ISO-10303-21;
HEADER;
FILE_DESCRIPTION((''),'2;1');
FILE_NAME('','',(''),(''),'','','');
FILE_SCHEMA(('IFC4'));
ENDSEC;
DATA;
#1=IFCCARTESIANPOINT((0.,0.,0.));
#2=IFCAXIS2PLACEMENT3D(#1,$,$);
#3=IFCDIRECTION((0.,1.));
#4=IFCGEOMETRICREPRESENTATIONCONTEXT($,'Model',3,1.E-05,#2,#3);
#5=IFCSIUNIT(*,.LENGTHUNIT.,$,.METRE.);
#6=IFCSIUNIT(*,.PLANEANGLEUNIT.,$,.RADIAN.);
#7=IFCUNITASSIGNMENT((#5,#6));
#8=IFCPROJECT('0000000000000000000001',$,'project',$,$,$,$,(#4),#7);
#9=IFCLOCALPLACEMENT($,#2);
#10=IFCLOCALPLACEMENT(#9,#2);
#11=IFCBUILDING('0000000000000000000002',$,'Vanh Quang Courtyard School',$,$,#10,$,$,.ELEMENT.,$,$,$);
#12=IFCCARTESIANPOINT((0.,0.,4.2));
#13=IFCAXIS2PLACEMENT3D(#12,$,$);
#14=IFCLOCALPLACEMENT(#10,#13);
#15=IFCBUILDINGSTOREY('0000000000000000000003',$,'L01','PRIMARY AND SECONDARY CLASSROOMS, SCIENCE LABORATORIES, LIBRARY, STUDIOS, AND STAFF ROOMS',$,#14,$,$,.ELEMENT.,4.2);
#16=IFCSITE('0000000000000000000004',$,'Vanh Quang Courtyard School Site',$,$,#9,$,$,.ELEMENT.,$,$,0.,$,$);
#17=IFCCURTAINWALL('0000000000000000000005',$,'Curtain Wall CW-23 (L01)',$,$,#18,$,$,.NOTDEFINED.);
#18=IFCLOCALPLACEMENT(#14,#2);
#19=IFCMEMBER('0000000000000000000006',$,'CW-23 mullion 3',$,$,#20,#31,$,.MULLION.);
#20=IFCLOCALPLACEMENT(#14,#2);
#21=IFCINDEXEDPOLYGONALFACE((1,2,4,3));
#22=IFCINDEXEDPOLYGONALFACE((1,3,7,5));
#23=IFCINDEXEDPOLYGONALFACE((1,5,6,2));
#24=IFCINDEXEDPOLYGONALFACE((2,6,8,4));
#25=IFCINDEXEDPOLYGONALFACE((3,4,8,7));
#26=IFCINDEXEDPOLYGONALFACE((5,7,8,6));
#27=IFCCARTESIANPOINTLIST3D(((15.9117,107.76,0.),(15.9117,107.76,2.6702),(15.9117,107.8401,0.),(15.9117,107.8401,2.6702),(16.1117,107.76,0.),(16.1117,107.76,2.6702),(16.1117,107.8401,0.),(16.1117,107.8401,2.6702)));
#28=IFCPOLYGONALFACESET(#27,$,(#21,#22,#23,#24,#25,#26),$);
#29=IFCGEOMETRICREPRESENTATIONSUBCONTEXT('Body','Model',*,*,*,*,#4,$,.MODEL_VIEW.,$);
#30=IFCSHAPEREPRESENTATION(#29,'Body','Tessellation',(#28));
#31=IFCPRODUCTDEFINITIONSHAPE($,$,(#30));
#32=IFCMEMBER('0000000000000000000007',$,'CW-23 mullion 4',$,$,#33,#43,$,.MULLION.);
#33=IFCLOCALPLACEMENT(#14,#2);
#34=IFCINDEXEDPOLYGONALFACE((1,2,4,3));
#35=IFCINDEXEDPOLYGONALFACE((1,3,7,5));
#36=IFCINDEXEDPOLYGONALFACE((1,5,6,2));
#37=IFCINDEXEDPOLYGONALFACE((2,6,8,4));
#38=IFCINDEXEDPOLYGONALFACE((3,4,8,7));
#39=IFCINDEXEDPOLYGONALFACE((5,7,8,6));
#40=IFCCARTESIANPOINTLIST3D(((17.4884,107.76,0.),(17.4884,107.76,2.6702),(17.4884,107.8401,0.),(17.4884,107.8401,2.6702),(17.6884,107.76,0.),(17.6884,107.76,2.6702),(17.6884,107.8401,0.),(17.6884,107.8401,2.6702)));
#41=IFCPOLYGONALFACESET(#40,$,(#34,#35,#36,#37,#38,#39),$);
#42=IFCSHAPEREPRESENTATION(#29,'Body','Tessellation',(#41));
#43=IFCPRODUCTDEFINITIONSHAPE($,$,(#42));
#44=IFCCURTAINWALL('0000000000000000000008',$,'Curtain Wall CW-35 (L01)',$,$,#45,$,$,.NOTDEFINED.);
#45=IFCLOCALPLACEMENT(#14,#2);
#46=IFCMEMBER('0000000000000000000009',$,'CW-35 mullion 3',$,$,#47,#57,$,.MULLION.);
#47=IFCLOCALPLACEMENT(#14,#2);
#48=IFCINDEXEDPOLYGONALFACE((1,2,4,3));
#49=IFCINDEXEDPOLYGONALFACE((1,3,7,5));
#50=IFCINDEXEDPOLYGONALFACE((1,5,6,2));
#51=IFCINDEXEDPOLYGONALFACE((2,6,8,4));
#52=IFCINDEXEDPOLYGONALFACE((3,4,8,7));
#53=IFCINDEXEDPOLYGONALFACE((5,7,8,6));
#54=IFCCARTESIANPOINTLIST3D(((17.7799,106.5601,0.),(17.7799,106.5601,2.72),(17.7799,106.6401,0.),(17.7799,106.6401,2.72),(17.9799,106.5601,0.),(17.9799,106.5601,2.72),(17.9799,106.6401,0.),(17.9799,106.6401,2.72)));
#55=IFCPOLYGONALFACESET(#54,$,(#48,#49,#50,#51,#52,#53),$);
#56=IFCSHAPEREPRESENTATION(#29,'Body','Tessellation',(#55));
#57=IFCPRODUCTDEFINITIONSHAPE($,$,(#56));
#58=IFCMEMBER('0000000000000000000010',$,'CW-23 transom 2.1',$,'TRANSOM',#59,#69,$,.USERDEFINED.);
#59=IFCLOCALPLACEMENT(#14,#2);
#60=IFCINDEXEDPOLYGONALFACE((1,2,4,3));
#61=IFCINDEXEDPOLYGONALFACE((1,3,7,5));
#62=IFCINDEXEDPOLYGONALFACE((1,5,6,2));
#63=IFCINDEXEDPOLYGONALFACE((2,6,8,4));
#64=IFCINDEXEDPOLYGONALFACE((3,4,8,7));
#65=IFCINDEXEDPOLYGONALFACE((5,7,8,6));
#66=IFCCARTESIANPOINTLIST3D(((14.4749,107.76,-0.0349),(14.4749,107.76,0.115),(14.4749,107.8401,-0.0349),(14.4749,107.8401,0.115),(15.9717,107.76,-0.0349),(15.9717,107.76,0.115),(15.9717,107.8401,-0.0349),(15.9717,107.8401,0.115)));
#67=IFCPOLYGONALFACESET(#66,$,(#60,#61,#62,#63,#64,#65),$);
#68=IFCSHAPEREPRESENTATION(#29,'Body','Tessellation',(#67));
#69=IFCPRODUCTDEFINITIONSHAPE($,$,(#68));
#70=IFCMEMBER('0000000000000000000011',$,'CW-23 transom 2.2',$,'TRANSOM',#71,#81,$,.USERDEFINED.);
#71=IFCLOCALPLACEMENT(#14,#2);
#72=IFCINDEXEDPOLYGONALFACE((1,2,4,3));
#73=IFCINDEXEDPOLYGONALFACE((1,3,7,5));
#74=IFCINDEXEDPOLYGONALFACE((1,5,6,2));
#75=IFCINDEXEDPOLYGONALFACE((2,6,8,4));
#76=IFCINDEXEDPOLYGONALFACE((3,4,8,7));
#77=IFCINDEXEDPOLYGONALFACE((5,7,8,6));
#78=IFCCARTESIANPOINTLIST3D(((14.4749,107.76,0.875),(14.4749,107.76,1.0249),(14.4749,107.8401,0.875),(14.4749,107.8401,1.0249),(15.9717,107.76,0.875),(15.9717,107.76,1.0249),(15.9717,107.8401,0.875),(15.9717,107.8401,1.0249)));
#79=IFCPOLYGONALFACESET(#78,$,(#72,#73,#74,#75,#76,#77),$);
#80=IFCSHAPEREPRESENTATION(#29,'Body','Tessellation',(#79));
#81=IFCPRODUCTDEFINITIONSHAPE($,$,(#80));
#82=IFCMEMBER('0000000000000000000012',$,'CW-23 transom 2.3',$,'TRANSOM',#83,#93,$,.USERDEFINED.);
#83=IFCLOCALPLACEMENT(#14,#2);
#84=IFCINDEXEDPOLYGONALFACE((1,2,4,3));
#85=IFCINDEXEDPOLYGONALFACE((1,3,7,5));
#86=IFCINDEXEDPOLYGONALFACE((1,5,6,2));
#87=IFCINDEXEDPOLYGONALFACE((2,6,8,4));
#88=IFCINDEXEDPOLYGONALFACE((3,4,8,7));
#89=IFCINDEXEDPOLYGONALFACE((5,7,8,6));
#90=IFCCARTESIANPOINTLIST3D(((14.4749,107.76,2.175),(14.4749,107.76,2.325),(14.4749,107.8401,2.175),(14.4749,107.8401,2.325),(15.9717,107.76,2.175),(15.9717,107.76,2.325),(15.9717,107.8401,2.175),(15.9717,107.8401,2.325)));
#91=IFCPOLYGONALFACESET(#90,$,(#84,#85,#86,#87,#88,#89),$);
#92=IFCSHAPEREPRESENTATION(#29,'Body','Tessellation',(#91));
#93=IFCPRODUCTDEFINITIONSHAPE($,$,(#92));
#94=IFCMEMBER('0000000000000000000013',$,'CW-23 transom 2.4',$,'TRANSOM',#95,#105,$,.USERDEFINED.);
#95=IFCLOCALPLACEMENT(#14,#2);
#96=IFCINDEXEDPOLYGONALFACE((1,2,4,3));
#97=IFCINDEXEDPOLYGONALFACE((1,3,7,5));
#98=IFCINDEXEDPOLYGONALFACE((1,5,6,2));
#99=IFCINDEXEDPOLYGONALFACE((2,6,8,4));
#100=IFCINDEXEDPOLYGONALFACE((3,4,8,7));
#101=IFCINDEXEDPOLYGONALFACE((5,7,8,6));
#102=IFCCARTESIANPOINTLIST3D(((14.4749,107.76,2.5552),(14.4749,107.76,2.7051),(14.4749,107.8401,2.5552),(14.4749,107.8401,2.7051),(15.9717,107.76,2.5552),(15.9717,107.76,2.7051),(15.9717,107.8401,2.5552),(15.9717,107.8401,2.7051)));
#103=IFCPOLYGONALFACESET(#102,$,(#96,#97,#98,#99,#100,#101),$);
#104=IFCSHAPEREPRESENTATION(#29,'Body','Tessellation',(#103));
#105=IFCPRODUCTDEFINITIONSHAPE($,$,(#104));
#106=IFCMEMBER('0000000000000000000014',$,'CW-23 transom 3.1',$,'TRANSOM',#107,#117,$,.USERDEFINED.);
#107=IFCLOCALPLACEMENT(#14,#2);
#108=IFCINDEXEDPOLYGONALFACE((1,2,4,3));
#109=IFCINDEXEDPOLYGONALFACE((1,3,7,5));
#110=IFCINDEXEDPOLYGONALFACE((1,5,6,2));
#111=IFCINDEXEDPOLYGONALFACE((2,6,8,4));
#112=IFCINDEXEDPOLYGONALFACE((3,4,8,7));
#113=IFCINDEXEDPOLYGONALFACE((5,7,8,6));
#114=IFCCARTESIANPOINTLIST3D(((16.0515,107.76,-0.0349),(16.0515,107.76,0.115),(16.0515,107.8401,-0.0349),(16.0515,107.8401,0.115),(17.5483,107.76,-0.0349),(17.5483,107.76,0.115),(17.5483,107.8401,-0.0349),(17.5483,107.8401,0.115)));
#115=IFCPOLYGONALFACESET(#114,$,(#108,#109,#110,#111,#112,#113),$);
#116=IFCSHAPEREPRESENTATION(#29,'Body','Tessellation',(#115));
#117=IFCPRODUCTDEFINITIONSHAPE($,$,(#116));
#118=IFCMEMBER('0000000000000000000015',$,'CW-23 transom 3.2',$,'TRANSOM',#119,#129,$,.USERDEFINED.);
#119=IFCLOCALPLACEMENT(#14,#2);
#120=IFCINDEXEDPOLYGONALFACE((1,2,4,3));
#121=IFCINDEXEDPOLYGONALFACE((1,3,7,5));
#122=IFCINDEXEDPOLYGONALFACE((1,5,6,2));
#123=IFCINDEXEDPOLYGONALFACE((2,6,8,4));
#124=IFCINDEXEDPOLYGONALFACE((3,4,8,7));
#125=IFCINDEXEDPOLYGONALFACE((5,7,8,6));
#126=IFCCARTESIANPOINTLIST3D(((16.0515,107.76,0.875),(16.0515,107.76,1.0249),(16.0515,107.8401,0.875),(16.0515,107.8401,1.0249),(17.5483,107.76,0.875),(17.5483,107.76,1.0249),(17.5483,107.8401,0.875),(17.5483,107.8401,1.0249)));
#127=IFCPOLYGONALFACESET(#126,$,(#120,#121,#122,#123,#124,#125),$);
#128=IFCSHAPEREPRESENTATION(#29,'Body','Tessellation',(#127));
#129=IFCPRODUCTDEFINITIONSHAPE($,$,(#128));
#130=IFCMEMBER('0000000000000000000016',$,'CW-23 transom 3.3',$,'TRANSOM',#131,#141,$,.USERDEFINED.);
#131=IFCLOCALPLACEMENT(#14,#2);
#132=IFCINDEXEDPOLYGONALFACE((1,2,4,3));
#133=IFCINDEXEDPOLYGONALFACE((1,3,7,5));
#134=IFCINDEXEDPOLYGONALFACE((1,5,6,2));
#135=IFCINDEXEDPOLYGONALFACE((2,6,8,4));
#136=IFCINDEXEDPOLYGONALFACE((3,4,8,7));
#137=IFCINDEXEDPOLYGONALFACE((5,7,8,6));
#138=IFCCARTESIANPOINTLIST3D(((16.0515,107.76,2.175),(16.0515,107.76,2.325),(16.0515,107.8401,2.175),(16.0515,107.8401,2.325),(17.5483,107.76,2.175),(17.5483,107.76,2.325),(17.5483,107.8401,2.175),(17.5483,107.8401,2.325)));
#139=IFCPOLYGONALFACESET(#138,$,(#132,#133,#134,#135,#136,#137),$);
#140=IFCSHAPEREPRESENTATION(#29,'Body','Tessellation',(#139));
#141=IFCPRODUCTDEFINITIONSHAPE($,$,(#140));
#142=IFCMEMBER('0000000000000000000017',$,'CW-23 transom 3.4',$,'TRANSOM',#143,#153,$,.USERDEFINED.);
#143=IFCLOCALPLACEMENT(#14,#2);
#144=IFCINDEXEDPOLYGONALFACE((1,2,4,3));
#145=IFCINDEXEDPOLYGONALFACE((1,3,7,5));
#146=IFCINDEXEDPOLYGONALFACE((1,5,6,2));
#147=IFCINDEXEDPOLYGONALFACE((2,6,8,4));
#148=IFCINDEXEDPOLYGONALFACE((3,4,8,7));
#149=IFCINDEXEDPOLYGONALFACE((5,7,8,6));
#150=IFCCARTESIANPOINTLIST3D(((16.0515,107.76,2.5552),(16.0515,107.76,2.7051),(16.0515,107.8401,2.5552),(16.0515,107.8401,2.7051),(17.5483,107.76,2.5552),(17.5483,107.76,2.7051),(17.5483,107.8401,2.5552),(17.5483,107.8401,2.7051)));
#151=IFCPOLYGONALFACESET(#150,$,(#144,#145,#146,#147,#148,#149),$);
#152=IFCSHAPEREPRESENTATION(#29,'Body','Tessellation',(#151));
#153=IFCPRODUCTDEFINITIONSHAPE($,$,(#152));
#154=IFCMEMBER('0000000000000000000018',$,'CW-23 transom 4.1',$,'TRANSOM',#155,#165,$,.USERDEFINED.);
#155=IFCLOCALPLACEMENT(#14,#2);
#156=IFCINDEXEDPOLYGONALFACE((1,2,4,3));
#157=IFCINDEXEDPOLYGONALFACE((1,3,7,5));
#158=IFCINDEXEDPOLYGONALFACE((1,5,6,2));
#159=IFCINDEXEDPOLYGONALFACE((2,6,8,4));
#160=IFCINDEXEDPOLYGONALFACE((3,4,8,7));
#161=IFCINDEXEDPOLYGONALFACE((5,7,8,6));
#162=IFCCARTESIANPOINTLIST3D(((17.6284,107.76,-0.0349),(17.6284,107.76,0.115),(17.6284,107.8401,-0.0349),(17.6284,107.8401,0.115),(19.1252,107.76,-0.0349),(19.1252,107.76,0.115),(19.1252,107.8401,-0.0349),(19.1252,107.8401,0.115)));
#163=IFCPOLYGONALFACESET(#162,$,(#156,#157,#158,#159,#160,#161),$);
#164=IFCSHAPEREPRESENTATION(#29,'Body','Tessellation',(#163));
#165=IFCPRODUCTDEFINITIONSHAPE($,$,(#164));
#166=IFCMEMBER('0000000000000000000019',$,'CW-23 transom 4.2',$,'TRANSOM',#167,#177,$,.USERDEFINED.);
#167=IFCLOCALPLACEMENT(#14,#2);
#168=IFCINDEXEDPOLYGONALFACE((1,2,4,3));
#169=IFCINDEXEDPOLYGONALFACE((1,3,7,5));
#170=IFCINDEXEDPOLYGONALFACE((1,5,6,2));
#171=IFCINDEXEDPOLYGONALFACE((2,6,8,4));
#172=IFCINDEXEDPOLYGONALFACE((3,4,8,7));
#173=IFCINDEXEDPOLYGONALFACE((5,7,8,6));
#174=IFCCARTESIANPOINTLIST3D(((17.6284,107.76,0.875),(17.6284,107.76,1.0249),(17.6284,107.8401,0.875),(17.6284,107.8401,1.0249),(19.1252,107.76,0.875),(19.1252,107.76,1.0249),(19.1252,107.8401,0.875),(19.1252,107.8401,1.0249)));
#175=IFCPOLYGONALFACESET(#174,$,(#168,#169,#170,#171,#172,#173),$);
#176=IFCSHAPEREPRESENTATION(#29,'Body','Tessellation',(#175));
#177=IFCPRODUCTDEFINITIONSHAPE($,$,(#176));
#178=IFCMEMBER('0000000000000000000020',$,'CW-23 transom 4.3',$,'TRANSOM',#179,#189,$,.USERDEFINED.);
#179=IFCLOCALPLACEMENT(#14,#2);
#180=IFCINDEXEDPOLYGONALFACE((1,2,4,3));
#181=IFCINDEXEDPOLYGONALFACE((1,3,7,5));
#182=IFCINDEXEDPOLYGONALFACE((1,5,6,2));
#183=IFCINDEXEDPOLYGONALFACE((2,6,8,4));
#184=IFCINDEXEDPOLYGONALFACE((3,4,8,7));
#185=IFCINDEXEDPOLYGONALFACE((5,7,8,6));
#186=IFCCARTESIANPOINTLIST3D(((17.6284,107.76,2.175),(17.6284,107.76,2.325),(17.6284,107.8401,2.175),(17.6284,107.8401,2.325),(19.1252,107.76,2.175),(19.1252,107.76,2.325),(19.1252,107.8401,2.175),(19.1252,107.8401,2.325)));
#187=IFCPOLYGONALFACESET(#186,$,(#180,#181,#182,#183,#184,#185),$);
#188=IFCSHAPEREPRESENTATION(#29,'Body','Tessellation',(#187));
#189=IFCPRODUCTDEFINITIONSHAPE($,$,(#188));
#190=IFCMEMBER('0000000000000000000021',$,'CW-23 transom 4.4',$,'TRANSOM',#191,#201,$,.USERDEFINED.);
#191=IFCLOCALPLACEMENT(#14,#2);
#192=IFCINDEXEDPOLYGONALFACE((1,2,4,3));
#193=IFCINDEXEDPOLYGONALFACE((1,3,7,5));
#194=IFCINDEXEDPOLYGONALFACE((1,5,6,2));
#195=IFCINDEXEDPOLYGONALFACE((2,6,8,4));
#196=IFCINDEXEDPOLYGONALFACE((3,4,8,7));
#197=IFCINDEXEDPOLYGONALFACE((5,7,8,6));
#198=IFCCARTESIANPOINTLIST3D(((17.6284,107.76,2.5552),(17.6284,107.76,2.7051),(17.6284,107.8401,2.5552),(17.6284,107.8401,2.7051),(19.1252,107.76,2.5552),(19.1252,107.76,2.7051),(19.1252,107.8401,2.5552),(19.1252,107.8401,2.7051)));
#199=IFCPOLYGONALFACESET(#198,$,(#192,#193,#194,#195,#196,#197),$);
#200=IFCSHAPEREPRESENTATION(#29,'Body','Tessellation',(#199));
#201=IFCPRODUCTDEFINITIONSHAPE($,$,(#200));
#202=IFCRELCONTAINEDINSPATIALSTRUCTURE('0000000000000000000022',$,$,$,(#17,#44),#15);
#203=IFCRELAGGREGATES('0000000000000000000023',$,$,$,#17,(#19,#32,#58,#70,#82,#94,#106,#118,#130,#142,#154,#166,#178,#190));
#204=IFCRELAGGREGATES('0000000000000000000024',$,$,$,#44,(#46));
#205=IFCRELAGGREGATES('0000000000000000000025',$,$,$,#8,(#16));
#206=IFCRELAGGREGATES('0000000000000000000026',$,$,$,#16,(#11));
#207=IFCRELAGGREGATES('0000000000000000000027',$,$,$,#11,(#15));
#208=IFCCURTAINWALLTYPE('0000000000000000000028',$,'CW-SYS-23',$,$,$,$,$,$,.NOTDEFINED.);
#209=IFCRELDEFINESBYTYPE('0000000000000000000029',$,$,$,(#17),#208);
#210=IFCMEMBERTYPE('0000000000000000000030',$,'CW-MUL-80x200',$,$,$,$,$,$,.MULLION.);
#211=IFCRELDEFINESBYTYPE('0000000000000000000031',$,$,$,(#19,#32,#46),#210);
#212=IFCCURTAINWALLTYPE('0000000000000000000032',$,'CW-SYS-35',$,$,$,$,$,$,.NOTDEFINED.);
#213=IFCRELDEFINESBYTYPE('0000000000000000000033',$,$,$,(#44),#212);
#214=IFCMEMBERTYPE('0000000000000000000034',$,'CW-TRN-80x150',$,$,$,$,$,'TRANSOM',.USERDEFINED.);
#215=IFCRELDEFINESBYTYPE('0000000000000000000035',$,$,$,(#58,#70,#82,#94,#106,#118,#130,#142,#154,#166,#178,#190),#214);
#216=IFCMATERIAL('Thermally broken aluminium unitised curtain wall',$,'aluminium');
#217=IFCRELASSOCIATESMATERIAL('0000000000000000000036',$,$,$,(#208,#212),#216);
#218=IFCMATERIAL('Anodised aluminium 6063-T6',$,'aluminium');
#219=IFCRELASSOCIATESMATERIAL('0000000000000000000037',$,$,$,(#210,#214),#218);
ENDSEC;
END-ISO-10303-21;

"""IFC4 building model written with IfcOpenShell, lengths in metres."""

from ifc_helpers import new_model, si_unit, direction, frame, origin, origin_2d, place, context, subcontext, project, spatial, rectangle, extrude, material, material_profile, profile_set, type_object, element, aggregate, save


model = new_model("IFC4")

# Units and contexts
model_context = context("Model", 3, precision=1e-05, world=origin(), true_north=direction((0.0, 1.0)))
body_context = subcontext(model_context, "Body", "Model", "MODEL_VIEW")
ifc_project = project(units=[si_unit("LENGTHUNIT", "METRE"), si_unit("PLANEANGLEUNIT", "RADIAN")], contexts=[model_context])

# Site, building, storey
site_placement = place(None, origin())
site = spatial("IfcSite", under=ifc_project, at=site_placement, Name="Vanh Quang Courtyard School Site", CompositionType="ELEMENT", RefElevation=0.0)
building_placement = place(site_placement, origin())
building = spatial("IfcBuilding", under=site, at=building_placement, Name="Vanh Quang Courtyard School", CompositionType="ELEMENT")
storey_placement = place(building_placement, frame((0.0, 0.0, 4.2)))
storey = spatial("IfcBuildingStorey", under=building, at=storey_placement, Name="L01", Description="PRIMARY AND SECONDARY CLASSROOMS, SCIENCE LABORATORIES, LIBRARY, STUDIOS, AND STAFF ROOMS", CompositionType="ELEMENT", Elevation=4.2)

# Curtain wall, members
ifc_material_1 = material(Name="Thermally broken aluminium unitised curtain wall", Category="aluminium")
curtain_wall_type_1 = type_object("IfcCurtainWallType", Name="CW-SYS-23", PredefinedType="NOTDEFINED", material=ifc_material_1)
curtain_wall_1_placement = place(storey_placement, origin())
curtain_wall_1 = element("IfcCurtainWall", 1, at=curtain_wall_1_placement, inside=storey, type_object=curtain_wall_type_1, Name="Curtain Wall CW-23 (L01)", PredefinedType="NOTDEFINED")
ifc_material_2 = material(Name="Anodised aluminium 6063-T6", Category="aluminium")
ifc_material_profile_1 = material_profile(ifc_material_2, rectangle(XDim=0.0801, YDim=0.2, at=origin_2d()), Name="ALU-MUL 80x200")
ifc_profile_set_1 = profile_set([ifc_material_profile_1], Name="Anodised aluminium 6063-T6")
member_type_1 = type_object("IfcMemberType", Name="CW-MUL-80x200", PredefinedType="MULLION", material=ifc_profile_set_1)
member_1_placement = place(storey_placement, frame((16.0117, 107.8, 0.0), z_axis=(0.0, 0.0, 1.0), x_axis=(0.0, 1.0, 0.0)))
member_1 = element("IfcMember", 2, at=member_1_placement, type_object=member_type_1, Name="CW-23 mullion 3", PredefinedType="MULLION", context=body_context, shape_type="SweptSolid", body=[
    extrude(rectangle(XDim=0.0801, YDim=0.2, at=origin_2d()), origin(), (0.0, 0.0, 1.0), 2.6702),
])
member_2_placement = place(storey_placement, frame((17.5884, 107.8, 0.0), z_axis=(0.0, 0.0, 1.0), x_axis=(0.0, 1.0, 0.0)))
member_2 = element("IfcMember", 3, at=member_2_placement, type_object=member_type_1, Name="CW-23 mullion 4", PredefinedType="MULLION", context=body_context, shape_type="SweptSolid", body=[
    extrude(rectangle(XDim=0.0801, YDim=0.2, at=origin_2d()), origin(), (0.0, 0.0, 1.0), 2.6702),
])

# Curtain wall, member
curtain_wall_type_2 = type_object("IfcCurtainWallType", Name="CW-SYS-35", PredefinedType="NOTDEFINED", material=ifc_material_1)
curtain_wall_2_placement = place(storey_placement, origin())
curtain_wall_2 = element("IfcCurtainWall", 4, at=curtain_wall_2_placement, inside=storey, type_object=curtain_wall_type_2, Name="Curtain Wall CW-35 (L01)", PredefinedType="NOTDEFINED")
member_3_placement = place(storey_placement, frame((17.8799, 106.6001, 0.0), z_axis=(0.0, 0.0, 1.0), x_axis=(0.0, -1.0, 0.0)))
member_3 = element("IfcMember", 5, at=member_3_placement, type_object=member_type_1, Name="CW-35 mullion 3", PredefinedType="MULLION", context=body_context, shape_type="SweptSolid", body=[
    extrude(rectangle(XDim=0.0801, YDim=0.2, at=origin_2d()), origin(), (0.0, 0.0, 1.0), 2.72),
])

# Members
ifc_material_profile_2 = material_profile(ifc_material_2, rectangle(XDim=0.0801, YDim=0.1499, at=origin_2d()), Name="ALU-TRN 80x150")
ifc_profile_set_2 = profile_set([ifc_material_profile_2], Name="Anodised aluminium 6063-T6")
member_type_2 = type_object("IfcMemberType", Name="CW-TRN-80x150", ElementType="TRANSOM", PredefinedType="USERDEFINED", material=ifc_profile_set_2)
member_4_placement = place(storey_placement, frame((14.4749, 107.8, 0.04), z_axis=(1.0, 0.0, 0.0), x_axis=(0.0, 1.0, 0.0)))
member_4 = element("IfcMember", 6, at=member_4_placement, type_object=member_type_2, Name="CW-23 transom 2.1", ObjectType="TRANSOM", PredefinedType="USERDEFINED", context=body_context, shape_type="SweptSolid", body=[
    extrude(rectangle(XDim=0.0801, YDim=0.1499, at=origin_2d()), origin(), (0.0, 0.0, 1.0), 1.4968),
])
member_5_placement = place(storey_placement, frame((14.4749, 107.8, 0.95), z_axis=(1.0, 0.0, 0.0), x_axis=(0.0, 1.0, 0.0)))
member_5 = element("IfcMember", 7, at=member_5_placement, type_object=member_type_2, Name="CW-23 transom 2.2", ObjectType="TRANSOM", PredefinedType="USERDEFINED", context=body_context, shape_type="SweptSolid", body=[
    extrude(rectangle(XDim=0.0801, YDim=0.1499, at=origin_2d()), origin(), (0.0, 0.0, 1.0), 1.4968),
])
member_6_placement = place(storey_placement, frame((14.4749, 107.8, 2.25), z_axis=(1.0, 0.0, 0.0), x_axis=(0.0, 1.0, 0.0)))
member_6 = element("IfcMember", 8, at=member_6_placement, type_object=member_type_2, Name="CW-23 transom 2.3", ObjectType="TRANSOM", PredefinedType="USERDEFINED", context=body_context, shape_type="SweptSolid", body=[
    extrude(rectangle(XDim=0.0801, YDim=0.1499, at=origin_2d()), origin(), (0.0, 0.0, 1.0), 1.4968),
])
member_7_placement = place(storey_placement, frame((14.4749, 107.8, 2.6301), z_axis=(1.0, 0.0, 0.0), x_axis=(0.0, 1.0, 0.0)))
member_7 = element("IfcMember", 9, at=member_7_placement, type_object=member_type_2, Name="CW-23 transom 2.4", ObjectType="TRANSOM", PredefinedType="USERDEFINED", context=body_context, shape_type="SweptSolid", body=[
    extrude(rectangle(XDim=0.0801, YDim=0.1499, at=origin_2d()), origin(), (0.0, 0.0, 1.0), 1.4968),
])
member_8_placement = place(storey_placement, frame((16.0515, 107.8, 0.04), z_axis=(1.0, 0.0, 0.0), x_axis=(0.0, 1.0, 0.0)))
member_8 = element("IfcMember", 10, at=member_8_placement, type_object=member_type_2, Name="CW-23 transom 3.1", ObjectType="TRANSOM", PredefinedType="USERDEFINED", context=body_context, shape_type="SweptSolid", body=[
    extrude(rectangle(XDim=0.0801, YDim=0.1499, at=origin_2d()), origin(), (0.0, 0.0, 1.0), 1.4968),
])
member_9_placement = place(storey_placement, frame((16.0515, 107.8, 0.95), z_axis=(1.0, 0.0, 0.0), x_axis=(0.0, 1.0, 0.0)))
member_9 = element("IfcMember", 11, at=member_9_placement, type_object=member_type_2, Name="CW-23 transom 3.2", ObjectType="TRANSOM", PredefinedType="USERDEFINED", context=body_context, shape_type="SweptSolid", body=[
    extrude(rectangle(XDim=0.0801, YDim=0.1499, at=origin_2d()), origin(), (0.0, 0.0, 1.0), 1.4968),
])
member_10_placement = place(storey_placement, frame((16.0515, 107.8, 2.25), z_axis=(1.0, 0.0, 0.0), x_axis=(0.0, 1.0, 0.0)))
member_10 = element("IfcMember", 12, at=member_10_placement, type_object=member_type_2, Name="CW-23 transom 3.3", ObjectType="TRANSOM", PredefinedType="USERDEFINED", context=body_context, shape_type="SweptSolid", body=[
    extrude(rectangle(XDim=0.0801, YDim=0.1499, at=origin_2d()), origin(), (0.0, 0.0, 1.0), 1.4968),
])
member_11_placement = place(storey_placement, frame((16.0515, 107.8, 2.6301), z_axis=(1.0, 0.0, 0.0), x_axis=(0.0, 1.0, 0.0)))
member_11 = element("IfcMember", 13, at=member_11_placement, type_object=member_type_2, Name="CW-23 transom 3.4", ObjectType="TRANSOM", PredefinedType="USERDEFINED", context=body_context, shape_type="SweptSolid", body=[
    extrude(rectangle(XDim=0.0801, YDim=0.1499, at=origin_2d()), origin(), (0.0, 0.0, 1.0), 1.4968),
])
member_12_placement = place(storey_placement, frame((17.6284, 107.8, 0.04), z_axis=(1.0, 0.0, 0.0), x_axis=(0.0, 1.0, 0.0)))
member_12 = element("IfcMember", 14, at=member_12_placement, type_object=member_type_2, Name="CW-23 transom 4.1", ObjectType="TRANSOM", PredefinedType="USERDEFINED", context=body_context, shape_type="SweptSolid", body=[
    extrude(rectangle(XDim=0.0801, YDim=0.1499, at=origin_2d()), origin(), (0.0, 0.0, 1.0), 1.4968),
])
member_13_placement = place(storey_placement, frame((17.6284, 107.8, 0.95), z_axis=(1.0, 0.0, 0.0), x_axis=(0.0, 1.0, 0.0)))
member_13 = element("IfcMember", 15, at=member_13_placement, type_object=member_type_2, Name="CW-23 transom 4.2", ObjectType="TRANSOM", PredefinedType="USERDEFINED", context=body_context, shape_type="SweptSolid", body=[
    extrude(rectangle(XDim=0.0801, YDim=0.1499, at=origin_2d()), origin(), (0.0, 0.0, 1.0), 1.4968),
])
member_14_placement = place(storey_placement, frame((17.6284, 107.8, 2.25), z_axis=(1.0, 0.0, 0.0), x_axis=(0.0, 1.0, 0.0)))
member_14 = element("IfcMember", 16, at=member_14_placement, type_object=member_type_2, Name="CW-23 transom 4.3", ObjectType="TRANSOM", PredefinedType="USERDEFINED", context=body_context, shape_type="SweptSolid", body=[
    extrude(rectangle(XDim=0.0801, YDim=0.1499, at=origin_2d()), origin(), (0.0, 0.0, 1.0), 1.4968),
])
member_15_placement = place(storey_placement, frame((17.6284, 107.8, 2.6301), z_axis=(1.0, 0.0, 0.0), x_axis=(0.0, 1.0, 0.0)))
member_15 = element("IfcMember", 17, at=member_15_placement, type_object=member_type_2, Name="CW-23 transom 4.4", ObjectType="TRANSOM", PredefinedType="USERDEFINED", context=body_context, shape_type="SweptSolid", body=[
    extrude(rectangle(XDim=0.0801, YDim=0.1499, at=origin_2d()), origin(), (0.0, 0.0, 1.0), 1.4968),
])

aggregate(curtain_wall_1, [member_1, member_2, member_4, member_5, member_6, member_7, member_8, member_9, member_10, member_11, member_12, member_13, member_14, member_15])
aggregate(curtain_wall_2, [member_3])

save(model, "model.ifc")
